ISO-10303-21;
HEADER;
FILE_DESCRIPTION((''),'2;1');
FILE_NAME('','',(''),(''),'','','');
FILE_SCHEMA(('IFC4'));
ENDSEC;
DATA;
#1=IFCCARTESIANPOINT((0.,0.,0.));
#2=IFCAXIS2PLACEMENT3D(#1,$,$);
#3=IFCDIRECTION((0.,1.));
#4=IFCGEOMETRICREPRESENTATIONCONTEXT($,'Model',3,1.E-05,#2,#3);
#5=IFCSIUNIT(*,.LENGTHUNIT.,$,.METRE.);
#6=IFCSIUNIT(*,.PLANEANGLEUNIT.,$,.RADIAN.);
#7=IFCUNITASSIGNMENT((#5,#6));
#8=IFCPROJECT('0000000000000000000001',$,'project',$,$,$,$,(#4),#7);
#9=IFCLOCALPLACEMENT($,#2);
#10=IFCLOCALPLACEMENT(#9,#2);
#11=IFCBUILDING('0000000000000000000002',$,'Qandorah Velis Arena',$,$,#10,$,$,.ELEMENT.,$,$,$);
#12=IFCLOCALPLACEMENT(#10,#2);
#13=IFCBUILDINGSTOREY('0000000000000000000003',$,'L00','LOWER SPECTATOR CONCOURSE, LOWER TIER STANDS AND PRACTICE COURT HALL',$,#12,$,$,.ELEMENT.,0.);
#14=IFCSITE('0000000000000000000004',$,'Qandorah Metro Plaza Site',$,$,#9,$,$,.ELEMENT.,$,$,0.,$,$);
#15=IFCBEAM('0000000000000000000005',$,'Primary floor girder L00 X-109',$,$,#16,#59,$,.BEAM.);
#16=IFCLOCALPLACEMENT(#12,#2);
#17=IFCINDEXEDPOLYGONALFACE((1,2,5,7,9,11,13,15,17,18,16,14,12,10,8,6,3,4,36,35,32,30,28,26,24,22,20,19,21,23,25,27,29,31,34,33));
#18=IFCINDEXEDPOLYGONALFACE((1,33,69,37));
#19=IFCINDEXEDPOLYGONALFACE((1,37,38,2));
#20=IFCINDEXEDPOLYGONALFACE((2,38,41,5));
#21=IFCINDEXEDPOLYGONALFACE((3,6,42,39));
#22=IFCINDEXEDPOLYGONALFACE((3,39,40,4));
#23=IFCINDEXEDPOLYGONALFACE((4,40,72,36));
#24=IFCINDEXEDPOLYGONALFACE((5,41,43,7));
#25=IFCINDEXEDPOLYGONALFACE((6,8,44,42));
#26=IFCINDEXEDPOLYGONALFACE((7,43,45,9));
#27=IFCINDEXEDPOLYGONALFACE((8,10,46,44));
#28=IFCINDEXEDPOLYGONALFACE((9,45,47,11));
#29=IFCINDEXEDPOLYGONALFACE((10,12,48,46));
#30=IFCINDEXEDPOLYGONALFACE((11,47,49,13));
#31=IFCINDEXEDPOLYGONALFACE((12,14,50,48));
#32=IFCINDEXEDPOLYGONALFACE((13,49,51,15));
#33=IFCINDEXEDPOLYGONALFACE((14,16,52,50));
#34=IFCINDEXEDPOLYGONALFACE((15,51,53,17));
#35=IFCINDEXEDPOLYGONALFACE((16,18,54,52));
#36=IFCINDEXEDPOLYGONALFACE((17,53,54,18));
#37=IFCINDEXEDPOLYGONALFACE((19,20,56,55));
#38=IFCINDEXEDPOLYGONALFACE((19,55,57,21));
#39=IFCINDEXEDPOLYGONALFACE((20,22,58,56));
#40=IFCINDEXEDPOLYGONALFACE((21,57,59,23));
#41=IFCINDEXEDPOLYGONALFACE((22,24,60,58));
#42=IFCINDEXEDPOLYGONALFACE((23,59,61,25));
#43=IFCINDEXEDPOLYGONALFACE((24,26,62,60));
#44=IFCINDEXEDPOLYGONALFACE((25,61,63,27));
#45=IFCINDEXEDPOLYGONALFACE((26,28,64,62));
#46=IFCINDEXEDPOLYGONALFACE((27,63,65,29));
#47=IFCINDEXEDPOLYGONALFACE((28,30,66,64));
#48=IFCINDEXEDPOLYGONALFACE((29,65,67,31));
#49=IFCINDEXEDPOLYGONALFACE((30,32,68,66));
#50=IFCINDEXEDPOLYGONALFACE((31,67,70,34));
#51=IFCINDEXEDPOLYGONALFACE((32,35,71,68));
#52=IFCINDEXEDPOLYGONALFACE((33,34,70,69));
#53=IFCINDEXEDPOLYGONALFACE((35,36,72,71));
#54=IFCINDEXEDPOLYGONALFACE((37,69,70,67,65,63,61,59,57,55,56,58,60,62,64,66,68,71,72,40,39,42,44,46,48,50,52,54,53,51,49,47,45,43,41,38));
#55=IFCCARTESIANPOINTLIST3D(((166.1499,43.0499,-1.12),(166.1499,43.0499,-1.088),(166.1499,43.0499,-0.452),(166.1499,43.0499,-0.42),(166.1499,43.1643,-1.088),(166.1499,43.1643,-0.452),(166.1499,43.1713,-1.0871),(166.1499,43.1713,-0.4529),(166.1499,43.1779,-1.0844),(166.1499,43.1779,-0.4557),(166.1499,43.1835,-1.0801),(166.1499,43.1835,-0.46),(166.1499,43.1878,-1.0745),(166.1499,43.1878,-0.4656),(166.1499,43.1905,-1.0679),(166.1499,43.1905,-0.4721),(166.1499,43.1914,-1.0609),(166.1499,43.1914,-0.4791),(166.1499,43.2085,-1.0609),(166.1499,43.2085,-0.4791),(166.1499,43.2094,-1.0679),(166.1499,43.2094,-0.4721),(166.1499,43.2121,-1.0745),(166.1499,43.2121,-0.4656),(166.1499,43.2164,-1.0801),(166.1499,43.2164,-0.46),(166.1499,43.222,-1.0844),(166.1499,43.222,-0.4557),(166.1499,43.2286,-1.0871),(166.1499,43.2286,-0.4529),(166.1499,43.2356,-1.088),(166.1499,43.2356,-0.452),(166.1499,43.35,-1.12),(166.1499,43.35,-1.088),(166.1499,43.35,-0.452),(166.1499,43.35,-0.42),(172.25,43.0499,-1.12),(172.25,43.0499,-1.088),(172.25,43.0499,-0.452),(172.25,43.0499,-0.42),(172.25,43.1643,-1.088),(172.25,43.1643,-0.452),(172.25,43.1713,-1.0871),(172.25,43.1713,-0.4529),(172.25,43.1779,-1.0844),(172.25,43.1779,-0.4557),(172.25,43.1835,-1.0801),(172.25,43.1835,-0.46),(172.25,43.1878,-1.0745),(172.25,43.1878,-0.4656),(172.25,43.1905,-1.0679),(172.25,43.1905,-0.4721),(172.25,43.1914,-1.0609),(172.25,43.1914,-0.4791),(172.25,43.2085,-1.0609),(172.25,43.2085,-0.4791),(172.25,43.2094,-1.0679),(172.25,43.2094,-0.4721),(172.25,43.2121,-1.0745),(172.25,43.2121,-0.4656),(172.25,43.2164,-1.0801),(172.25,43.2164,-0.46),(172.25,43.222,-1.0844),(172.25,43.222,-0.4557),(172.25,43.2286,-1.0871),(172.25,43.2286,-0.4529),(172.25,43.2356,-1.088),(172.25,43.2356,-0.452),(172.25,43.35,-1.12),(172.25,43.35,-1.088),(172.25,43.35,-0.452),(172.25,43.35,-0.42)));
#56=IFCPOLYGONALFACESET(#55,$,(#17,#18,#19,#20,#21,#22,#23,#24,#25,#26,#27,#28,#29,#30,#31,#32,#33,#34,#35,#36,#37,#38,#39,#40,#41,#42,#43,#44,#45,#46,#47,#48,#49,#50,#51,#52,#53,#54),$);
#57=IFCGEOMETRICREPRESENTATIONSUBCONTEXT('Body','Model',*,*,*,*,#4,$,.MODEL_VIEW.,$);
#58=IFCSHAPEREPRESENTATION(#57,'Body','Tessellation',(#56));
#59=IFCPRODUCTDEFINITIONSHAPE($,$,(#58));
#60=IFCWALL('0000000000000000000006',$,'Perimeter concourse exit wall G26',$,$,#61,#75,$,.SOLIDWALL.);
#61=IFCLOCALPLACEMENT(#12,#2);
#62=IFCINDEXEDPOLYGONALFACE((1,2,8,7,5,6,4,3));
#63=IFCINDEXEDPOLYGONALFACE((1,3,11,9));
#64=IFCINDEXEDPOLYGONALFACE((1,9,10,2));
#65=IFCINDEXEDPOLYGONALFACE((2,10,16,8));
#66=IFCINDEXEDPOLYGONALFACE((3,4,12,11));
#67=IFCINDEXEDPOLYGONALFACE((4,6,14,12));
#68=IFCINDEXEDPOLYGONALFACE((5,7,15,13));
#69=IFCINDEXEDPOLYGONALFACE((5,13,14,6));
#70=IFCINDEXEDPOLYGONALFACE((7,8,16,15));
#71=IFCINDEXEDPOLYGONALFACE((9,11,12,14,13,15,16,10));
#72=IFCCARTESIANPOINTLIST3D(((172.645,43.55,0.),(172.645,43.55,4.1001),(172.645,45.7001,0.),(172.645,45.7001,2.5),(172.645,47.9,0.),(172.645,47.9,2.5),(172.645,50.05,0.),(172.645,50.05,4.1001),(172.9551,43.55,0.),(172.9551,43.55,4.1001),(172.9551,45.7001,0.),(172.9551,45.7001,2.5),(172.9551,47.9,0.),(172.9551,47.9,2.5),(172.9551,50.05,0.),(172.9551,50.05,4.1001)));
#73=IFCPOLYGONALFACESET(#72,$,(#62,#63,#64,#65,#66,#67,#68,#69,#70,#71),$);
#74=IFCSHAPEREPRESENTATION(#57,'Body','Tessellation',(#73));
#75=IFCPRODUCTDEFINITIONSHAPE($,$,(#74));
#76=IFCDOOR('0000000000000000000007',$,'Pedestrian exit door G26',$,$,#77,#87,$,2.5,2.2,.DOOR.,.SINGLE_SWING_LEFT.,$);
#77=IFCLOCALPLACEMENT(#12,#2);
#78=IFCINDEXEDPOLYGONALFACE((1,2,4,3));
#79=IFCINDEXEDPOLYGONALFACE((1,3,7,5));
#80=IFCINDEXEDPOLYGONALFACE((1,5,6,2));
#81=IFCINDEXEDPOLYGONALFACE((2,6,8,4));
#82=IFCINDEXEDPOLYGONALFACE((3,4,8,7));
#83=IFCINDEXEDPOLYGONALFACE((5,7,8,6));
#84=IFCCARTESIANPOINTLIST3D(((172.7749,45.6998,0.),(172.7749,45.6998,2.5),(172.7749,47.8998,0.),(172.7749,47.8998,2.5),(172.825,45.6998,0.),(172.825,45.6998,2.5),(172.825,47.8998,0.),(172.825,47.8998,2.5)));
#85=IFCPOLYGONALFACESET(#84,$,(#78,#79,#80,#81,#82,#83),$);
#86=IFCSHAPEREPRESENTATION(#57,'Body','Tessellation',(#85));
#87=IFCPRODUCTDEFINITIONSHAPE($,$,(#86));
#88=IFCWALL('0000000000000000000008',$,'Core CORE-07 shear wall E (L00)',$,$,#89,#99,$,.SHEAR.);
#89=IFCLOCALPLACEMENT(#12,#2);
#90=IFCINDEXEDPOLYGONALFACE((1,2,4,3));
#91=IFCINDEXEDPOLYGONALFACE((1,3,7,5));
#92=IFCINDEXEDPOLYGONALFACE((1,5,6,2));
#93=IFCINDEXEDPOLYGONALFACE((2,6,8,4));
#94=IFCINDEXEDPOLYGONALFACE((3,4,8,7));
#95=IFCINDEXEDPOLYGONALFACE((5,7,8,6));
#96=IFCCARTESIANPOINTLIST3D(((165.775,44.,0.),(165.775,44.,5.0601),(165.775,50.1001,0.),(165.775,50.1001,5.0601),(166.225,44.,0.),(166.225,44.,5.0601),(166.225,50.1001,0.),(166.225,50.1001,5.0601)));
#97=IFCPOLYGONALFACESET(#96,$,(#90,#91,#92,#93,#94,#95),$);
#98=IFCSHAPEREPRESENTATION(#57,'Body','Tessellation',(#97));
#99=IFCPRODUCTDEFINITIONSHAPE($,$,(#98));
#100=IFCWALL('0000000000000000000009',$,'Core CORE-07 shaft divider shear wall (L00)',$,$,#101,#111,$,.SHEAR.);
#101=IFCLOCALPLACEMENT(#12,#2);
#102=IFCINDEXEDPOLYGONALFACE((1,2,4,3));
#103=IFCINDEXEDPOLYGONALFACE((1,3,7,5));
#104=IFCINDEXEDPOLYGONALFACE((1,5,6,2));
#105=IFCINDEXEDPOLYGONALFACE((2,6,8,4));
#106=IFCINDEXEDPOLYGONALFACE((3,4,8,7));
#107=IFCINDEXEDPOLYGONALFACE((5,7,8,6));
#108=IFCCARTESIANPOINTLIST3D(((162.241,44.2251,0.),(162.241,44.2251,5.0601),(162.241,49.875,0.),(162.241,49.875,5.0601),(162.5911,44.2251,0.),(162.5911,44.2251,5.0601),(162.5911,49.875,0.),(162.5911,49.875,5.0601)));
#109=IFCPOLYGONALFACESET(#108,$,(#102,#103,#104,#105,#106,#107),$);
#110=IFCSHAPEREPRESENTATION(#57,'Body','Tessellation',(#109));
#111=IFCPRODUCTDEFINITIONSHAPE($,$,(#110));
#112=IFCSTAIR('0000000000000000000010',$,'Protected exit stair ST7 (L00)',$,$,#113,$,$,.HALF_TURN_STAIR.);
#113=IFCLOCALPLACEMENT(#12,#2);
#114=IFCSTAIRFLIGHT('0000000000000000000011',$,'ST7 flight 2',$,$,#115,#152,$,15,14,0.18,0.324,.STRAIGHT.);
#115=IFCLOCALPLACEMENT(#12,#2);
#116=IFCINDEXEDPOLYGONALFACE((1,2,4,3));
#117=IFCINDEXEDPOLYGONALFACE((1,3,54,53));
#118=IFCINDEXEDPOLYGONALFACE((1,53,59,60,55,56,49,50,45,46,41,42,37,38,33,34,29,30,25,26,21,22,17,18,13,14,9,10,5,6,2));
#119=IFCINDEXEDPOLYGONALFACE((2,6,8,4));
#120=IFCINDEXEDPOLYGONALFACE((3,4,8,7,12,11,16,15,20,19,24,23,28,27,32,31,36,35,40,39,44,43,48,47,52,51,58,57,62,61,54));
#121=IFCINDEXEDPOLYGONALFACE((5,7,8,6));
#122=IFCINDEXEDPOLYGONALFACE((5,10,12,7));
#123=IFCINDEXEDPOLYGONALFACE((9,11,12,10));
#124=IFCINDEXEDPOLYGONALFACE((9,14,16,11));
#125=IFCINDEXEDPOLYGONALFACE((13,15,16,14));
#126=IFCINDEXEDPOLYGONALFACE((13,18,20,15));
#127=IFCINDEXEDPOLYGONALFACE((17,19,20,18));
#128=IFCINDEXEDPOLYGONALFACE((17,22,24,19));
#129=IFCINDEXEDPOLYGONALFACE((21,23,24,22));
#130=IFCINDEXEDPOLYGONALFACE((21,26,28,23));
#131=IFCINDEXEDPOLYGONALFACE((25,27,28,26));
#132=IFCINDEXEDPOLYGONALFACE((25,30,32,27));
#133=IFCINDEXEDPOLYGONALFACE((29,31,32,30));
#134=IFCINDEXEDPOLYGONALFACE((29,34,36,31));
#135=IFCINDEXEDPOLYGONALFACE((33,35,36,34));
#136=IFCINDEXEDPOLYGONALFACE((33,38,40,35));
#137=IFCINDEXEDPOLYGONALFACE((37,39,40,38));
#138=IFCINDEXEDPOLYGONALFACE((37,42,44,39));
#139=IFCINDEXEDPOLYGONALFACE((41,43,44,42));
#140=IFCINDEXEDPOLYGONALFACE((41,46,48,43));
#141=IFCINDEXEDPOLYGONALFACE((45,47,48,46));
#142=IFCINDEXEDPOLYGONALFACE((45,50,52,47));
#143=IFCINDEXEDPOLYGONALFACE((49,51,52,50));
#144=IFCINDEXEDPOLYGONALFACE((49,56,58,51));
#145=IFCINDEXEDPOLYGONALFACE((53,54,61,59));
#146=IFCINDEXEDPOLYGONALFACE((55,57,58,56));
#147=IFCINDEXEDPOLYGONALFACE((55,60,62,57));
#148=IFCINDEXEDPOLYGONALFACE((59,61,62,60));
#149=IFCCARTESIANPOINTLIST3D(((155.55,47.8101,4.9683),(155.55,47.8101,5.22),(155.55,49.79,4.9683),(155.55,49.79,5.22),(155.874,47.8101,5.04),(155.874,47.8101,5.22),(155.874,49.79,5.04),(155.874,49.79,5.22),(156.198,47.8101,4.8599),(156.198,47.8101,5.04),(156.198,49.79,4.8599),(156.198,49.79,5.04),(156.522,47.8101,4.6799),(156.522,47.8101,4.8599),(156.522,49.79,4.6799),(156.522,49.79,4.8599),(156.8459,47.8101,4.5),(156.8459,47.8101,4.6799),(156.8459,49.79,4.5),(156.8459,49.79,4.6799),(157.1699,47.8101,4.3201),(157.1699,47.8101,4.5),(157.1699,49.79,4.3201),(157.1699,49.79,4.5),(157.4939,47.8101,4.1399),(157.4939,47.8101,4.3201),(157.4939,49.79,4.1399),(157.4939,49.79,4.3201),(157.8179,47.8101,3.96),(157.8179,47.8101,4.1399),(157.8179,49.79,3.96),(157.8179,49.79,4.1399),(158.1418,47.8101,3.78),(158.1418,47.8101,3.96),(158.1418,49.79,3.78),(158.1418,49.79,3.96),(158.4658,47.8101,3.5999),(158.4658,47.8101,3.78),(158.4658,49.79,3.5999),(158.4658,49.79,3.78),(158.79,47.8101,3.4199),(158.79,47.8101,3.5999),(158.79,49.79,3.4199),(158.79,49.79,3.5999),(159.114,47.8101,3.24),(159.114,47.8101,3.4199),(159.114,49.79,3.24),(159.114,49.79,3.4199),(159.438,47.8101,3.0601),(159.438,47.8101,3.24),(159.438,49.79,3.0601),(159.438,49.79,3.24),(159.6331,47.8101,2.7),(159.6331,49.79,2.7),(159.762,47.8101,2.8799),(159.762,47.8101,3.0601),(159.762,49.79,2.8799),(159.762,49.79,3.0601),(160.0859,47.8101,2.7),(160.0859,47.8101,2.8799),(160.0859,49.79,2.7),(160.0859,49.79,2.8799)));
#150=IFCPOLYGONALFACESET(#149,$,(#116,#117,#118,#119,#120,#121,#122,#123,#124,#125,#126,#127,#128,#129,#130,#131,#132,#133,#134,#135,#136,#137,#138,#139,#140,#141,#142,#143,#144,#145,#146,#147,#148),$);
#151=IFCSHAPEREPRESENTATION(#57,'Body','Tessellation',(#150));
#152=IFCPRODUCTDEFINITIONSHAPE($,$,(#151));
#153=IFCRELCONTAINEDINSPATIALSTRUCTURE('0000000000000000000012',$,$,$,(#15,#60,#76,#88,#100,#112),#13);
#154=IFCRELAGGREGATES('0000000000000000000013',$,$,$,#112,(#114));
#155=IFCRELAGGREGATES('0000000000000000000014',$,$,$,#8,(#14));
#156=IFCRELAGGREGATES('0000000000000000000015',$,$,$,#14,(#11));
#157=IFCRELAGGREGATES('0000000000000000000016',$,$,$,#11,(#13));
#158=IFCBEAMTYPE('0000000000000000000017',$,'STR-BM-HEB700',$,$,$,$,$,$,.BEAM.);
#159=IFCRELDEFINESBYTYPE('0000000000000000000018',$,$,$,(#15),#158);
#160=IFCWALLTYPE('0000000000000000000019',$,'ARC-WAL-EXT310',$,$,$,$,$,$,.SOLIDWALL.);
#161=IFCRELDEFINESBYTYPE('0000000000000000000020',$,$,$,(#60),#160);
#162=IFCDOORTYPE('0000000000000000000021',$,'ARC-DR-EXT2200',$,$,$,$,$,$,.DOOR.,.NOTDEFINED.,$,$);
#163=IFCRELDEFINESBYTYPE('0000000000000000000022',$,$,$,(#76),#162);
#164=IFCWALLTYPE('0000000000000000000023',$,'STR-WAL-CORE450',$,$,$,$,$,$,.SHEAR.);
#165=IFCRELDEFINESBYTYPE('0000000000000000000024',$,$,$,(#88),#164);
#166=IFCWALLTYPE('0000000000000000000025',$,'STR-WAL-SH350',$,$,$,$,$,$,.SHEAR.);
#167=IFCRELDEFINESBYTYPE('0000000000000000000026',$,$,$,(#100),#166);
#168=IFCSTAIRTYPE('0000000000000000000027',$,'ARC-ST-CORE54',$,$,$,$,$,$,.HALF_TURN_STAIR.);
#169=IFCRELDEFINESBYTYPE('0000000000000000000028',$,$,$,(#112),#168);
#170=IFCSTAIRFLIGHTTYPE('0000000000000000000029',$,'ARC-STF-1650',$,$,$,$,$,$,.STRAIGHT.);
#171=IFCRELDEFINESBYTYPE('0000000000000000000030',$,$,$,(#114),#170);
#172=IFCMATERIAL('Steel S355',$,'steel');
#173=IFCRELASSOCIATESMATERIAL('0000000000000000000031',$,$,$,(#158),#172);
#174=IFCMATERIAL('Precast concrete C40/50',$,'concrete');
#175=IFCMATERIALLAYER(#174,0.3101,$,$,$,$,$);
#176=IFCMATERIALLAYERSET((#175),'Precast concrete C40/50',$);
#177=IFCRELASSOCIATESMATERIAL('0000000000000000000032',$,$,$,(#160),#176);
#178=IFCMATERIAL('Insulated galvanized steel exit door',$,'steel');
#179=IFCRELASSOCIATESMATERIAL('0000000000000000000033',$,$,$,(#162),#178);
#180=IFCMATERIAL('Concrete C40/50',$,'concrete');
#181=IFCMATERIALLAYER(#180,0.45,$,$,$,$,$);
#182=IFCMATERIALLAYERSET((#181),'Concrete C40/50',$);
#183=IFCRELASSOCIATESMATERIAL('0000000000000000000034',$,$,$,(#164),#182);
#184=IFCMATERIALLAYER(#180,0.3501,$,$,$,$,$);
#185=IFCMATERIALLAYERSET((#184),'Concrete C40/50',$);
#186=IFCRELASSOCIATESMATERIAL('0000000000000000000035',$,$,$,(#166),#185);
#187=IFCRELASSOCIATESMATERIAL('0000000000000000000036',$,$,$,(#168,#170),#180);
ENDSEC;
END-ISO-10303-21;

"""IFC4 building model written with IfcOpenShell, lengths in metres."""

from ifc_helpers import new_model, si_unit, direction, frame, frame_2d, origin, origin_2d, place, context, subcontext, project, spatial, polyline, rectangle, i_section, outline, extrude, material, layer, layer_set, material_profile, profile_set, type_object, element, fill, aggregate, save


model = new_model("IFC4")

# Units and contexts
model_context = context("Model", 3, precision=1e-05, world=origin(), true_north=direction((0.0, 1.0)))
body_context = subcontext(model_context, "Body", "Model", "MODEL_VIEW")
ifc_project = project(units=[si_unit("LENGTHUNIT", "METRE"), si_unit("PLANEANGLEUNIT", "RADIAN")], contexts=[model_context])

# Site, building, storey
site_placement = place(None, origin())
site = spatial("IfcSite", under=ifc_project, at=site_placement, Name="Qandorah Metro Plaza Site", CompositionType="ELEMENT", RefElevation=0.0)
building_placement = place(site_placement, origin())
building = spatial("IfcBuilding", under=site, at=building_placement, Name="Qandorah Velis Arena", CompositionType="ELEMENT")
storey_placement = place(building_placement, origin())
storey = spatial("IfcBuildingStorey", under=building, at=storey_placement, Name="L00", Description="LOWER SPECTATOR CONCOURSE, LOWER TIER STANDS AND PRACTICE COURT HALL", CompositionType="ELEMENT", Elevation=0.0)

# Shared definitions
ifc_material_1 = material(Name="Concrete C40/50", Category="concrete")

# Beam
ifc_material_2 = material(Name="Steel S355", Category="steel")
ifc_material_profile_1 = material_profile(ifc_material_2, i_section(OverallWidth=0.3, OverallDepth=0.7, WebThickness=0.0171, FlangeThickness=0.032, FilletRadius=0.0271, at=origin_2d()), Name="HEB 700")
ifc_profile_set_1 = profile_set([ifc_material_profile_1], Name="Steel S355")
beam_type_1 = type_object("IfcBeamType", Name="STR-BM-HEB700", PredefinedType="BEAM", material=ifc_profile_set_1)
beam_1_placement = place(storey_placement, frame((166.1499, 43.2, -0.77), z_axis=(1.0, 0.0, 0.0), x_axis=(0.0, 1.0, 0.0)))
element("IfcBeam", 1, at=beam_1_placement, inside=storey, type_object=beam_type_1, Name="Primary floor girder L00 X-109", PredefinedType="BEAM", context=body_context, shape_type="SweptSolid", body=[
    extrude(i_section(OverallWidth=0.3, OverallDepth=0.7, WebThickness=0.0171, FlangeThickness=0.032, FilletRadius=0.0271, at=origin_2d()), origin(), (0.0, 0.0, 1.0), 6.1001),
])

# Wall, opening, door
ifc_material_3 = material(Name="Precast concrete C40/50", Category="concrete")
ifc_layer_1 = layer(ifc_material_3, 0.3101)
ifc_layer_set_1 = layer_set([ifc_layer_1], Name="Precast concrete C40/50")
wall_type_1 = type_object("IfcWallType", Name="ARC-WAL-EXT310", PredefinedType="SOLIDWALL", material=ifc_layer_set_1)
wall_1_placement = place(storey_placement, frame((172.8, 43.55, 0.0), z_axis=(0.0, 0.0, 1.0), x_axis=(0.0, 1.0, 0.0)))
wall_1 = element("IfcWall", 2, at=wall_1_placement, inside=storey, type_object=wall_type_1, Name="Perimeter concourse exit wall G26", PredefinedType="SOLIDWALL", context=body_context, shape_type="SweptSolid", body=[
    extrude(rectangle(XDim=6.5, YDim=0.3101, at=frame_2d((3.25, 0.0))), origin(), (0.0, 0.0, 1.0), 4.1001),
])
opening_placement = place(wall_1_placement, frame((2.1499, 0.0, 0.0)))
opening = element("IfcOpeningElement", 3, at=opening_placement, cuts=wall_1, PredefinedType="OPENING", context=body_context, shape_type="SweptSolid", body=[
    extrude(rectangle(XDim=2.2, YDim=2.5, at=frame_2d((1.1001, 1.25))), frame((0.0, 0.165, 0.0), z_axis=(0.0, -1.0, 0.0), x_axis=(1.0, 0.0, 0.0)), (0.0, 0.0, 1.0), 0.3301),
])
ifc_material_4 = material(Name="Insulated galvanized steel exit door", Category="steel")
door_type = type_object("IfcDoorType", Name="ARC-DR-EXT2200", OperationType="NOTDEFINED", PredefinedType="DOOR", material=ifc_material_4)
door_placement = place(opening_placement, frame((2.2, 0.0, 0.0), z_axis=(0.0, 0.0, 1.0), x_axis=(-1.0, 0.0, 0.0)))
door = element("IfcDoor", 4, at=door_placement, inside=storey, type_object=door_type, Name="Pedestrian exit door G26", OperationType="SINGLE_SWING_LEFT", OverallHeight=2.5, OverallWidth=2.2, PredefinedType="DOOR", context=body_context, shape_type="SweptSolid", body=[
    extrude(rectangle(XDim=2.2, YDim=2.5, at=frame_2d((1.1001, 1.25))), frame((0.0, 0.0249, 0.0), z_axis=(0.0, -1.0, 0.0), x_axis=(1.0, 0.0, 0.0)), (0.0, 0.0, 1.0), 0.05),
])
fill(opening, door)

# Walls
ifc_layer_2 = layer(ifc_material_1, 0.45)
ifc_layer_set_2 = layer_set([ifc_layer_2], Name="Concrete C40/50")
wall_type_2 = type_object("IfcWallType", Name="STR-WAL-CORE450", PredefinedType="SHEAR", material=ifc_layer_set_2)
wall_2_placement = place(storey_placement, frame((166.0, 44.0, 0.0), z_axis=(0.0, 0.0, 1.0), x_axis=(0.0, 1.0, 0.0)))
element("IfcWall", 5, at=wall_2_placement, inside=storey, type_object=wall_type_2, Name="Core CORE-07 shear wall E (L00)", PredefinedType="SHEAR", context=body_context, shape_type="SweptSolid", body=[
    extrude(rectangle(XDim=6.1001, YDim=0.45, at=frame_2d((3.05, 0.0))), origin(), (0.0, 0.0, 1.0), 5.0601),
])
ifc_layer_3 = layer(ifc_material_1, 0.3501)
ifc_layer_set_3 = layer_set([ifc_layer_3], Name="Concrete C40/50")
wall_type_3 = type_object("IfcWallType", Name="STR-WAL-SH350", PredefinedType="SHEAR", material=ifc_layer_set_3)
wall_3_placement = place(storey_placement, frame((162.416, 44.2251, 0.0), z_axis=(0.0, 0.0, 1.0), x_axis=(0.0, 1.0, 0.0)))
element("IfcWall", 6, at=wall_3_placement, inside=storey, type_object=wall_type_3, Name="Core CORE-07 shaft divider shear wall (L00)", PredefinedType="SHEAR", context=body_context, shape_type="SweptSolid", body=[
    extrude(rectangle(XDim=5.6499, YDim=0.3501, at=frame_2d((2.825, 0.0))), origin(), (0.0, 0.0, 1.0), 5.0601),
])

# Stair, stair flight
stair_type = type_object("IfcStairType", Name="ARC-ST-CORE54", PredefinedType="HALF_TURN_STAIR", material=ifc_material_1)
stair_placement = place(storey_placement, origin())
stair = element("IfcStair", 7, at=stair_placement, inside=storey, type_object=stair_type, Name="Protected exit stair ST7 (L00)", PredefinedType="HALF_TURN_STAIR")
stair_flight_type = type_object("IfcStairFlightType", Name="ARC-STF-1650", PredefinedType="STRAIGHT", material=ifc_material_1)
stair_flight_placement = place(storey_placement, frame((160.0859, 48.8, 2.7), z_axis=(0.0, 0.0, 1.0), x_axis=(-1.0, 0.0, 0.0)))
stair_flight = element("IfcStairFlight", 8, at=stair_flight_placement, type_object=stair_flight_type, Name="ST7 flight 2", NumberOfRisers=15, NumberOfTreads=14, PredefinedType="STRAIGHT", RiserHeight=0.18, TreadLength=0.324, context=body_context, shape_type="SweptSolid", body=[
    extrude(outline(polyline([(0.0, 0.0), (0.0, 0.1799), (0.324, 0.1799), (0.324, 0.3601), (0.6479, 0.3601), (0.6479, 0.54), (0.9719, 0.54), (0.9719, 0.72), (1.2959, 0.72), (1.2959, 0.8999), (1.6201, 0.8999), (1.6201, 1.0801), (1.9441, 1.0801), (1.9441, 1.26), (2.2681, 1.26), (2.2681, 1.4399), (2.592, 1.4399), (2.592, 1.6201), (2.916, 1.6201), (2.916, 1.8), (3.24, 1.8), (3.24, 1.98), (3.564, 1.98), (3.564, 2.1599), (3.8879, 2.1599), (3.8879, 2.3401), (4.2119, 2.3401), (4.2119, 2.52), (4.5359, 2.52), (4.5359, 2.7), (4.5359, 2.2683), (0.4529, 0.0), (0.0, 0.0)])), frame((0.0, 0.99, 0.0), z_axis=(0.0, -1.0, 0.0), x_axis=(1.0, 0.0, 0.0)), (0.0, 0.0, 1.0), 1.98),
])
aggregate(stair, [stair_flight])

save(model, "model.ifc")
